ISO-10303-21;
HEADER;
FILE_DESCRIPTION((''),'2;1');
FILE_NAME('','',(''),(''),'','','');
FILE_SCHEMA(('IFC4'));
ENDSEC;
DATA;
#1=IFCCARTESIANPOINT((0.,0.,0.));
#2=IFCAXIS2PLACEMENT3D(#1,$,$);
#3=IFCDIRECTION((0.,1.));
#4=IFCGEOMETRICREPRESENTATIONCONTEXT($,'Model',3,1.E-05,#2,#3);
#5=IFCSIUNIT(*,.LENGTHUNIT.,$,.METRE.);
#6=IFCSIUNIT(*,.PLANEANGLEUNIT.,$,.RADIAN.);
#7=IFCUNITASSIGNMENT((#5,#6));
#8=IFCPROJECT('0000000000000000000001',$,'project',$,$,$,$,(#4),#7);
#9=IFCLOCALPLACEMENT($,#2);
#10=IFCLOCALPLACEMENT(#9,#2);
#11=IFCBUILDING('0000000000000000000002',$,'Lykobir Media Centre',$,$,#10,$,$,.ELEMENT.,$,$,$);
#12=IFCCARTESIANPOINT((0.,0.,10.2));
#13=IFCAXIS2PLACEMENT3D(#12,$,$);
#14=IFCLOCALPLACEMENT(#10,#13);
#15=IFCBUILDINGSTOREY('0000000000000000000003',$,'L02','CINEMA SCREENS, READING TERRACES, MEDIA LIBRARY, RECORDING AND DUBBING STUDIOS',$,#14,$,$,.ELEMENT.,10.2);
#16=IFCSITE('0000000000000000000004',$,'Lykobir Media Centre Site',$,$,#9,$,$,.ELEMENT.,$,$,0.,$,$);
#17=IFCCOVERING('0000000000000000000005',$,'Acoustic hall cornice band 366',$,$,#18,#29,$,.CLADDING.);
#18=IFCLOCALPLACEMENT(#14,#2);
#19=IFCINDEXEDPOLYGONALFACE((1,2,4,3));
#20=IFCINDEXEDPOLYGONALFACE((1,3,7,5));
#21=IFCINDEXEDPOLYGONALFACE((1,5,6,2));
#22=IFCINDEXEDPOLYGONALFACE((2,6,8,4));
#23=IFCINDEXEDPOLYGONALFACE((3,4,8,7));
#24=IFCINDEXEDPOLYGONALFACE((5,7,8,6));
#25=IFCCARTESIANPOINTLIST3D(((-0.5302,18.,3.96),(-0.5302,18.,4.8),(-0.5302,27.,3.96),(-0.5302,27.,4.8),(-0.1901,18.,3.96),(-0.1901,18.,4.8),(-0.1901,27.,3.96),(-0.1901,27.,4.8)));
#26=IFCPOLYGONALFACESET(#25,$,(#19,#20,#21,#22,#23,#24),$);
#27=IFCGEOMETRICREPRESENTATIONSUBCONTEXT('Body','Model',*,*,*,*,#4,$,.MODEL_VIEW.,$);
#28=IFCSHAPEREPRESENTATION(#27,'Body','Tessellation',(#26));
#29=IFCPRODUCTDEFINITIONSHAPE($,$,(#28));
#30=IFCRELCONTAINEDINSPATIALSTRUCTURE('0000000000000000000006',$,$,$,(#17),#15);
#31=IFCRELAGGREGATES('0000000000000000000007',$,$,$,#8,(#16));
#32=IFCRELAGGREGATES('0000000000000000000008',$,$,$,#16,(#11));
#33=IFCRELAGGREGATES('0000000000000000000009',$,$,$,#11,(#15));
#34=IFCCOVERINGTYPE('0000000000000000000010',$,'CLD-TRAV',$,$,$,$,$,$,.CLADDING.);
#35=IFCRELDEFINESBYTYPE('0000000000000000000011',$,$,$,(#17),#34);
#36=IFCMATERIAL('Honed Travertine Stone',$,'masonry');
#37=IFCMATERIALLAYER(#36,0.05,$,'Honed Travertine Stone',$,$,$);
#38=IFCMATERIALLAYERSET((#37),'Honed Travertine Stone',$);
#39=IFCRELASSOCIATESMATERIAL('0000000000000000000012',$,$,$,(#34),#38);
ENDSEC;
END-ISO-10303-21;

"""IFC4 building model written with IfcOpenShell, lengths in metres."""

from ifc_helpers import new_model, si_unit, direction, frame, origin, origin_2d, place, context, subcontext, project, spatial, rectangle, extrude, material, layer, layer_set, type_object, element, save


model = new_model("IFC4")

# Units and contexts
model_context = context("Model", 3, precision=1e-05, world=origin(), true_north=direction((0.0, 1.0)))
body_context = subcontext(model_context, "Body", "Model", "MODEL_VIEW")
ifc_project = project(units=[si_unit("LENGTHUNIT", "METRE"), si_unit("PLANEANGLEUNIT", "RADIAN")], contexts=[model_context])

# Site, building, storey
site_placement = place(None, origin())
site = spatial("IfcSite", under=ifc_project, at=site_placement, Name="Lykobir Media Centre Site", CompositionType="ELEMENT", RefElevation=0.0)
building_placement = place(site_placement, origin())
building = spatial("IfcBuilding", under=site, at=building_placement, Name="Lykobir Media Centre", CompositionType="ELEMENT")
storey_placement = place(building_placement, frame((0.0, 0.0, 10.2)))
storey = spatial("IfcBuildingStorey", under=building, at=storey_placement, Name="L02", Description="CINEMA SCREENS, READING TERRACES, MEDIA LIBRARY, RECORDING AND DUBBING STUDIOS", CompositionType="ELEMENT", Elevation=10.2)

# Shared definitions
ifc_material_1 = material(Name="Honed Travertine Stone", Category="masonry")

# Covering
ifc_layer_1 = layer(ifc_material_1, 0.05, Name="Honed Travertine Stone")
ifc_layer_set_1 = layer_set([ifc_layer_1], Name="Honed Travertine Stone")
covering_type = type_object("IfcCoveringType", Name="CLD-TRAV", PredefinedType="CLADDING", material=ifc_layer_set_1)
covering_1_placement = place(storey_placement, frame((-0.3601, 22.5, 3.96), z_axis=(0.0, 0.0, 1.0), x_axis=(0.0, -1.0, 0.0)))
element("IfcCovering", 1, at=covering_1_placement, inside=storey, type_object=covering_type, Name="Acoustic hall cornice band 366", PredefinedType="CLADDING", context=body_context, shape_type="SweptSolid", body=[
    extrude(rectangle(XDim=9.0, YDim=0.3401, at=origin_2d()), origin(), (0.0, 0.0, 1.0), 0.8401),
])

save(model, "model.ifc")
